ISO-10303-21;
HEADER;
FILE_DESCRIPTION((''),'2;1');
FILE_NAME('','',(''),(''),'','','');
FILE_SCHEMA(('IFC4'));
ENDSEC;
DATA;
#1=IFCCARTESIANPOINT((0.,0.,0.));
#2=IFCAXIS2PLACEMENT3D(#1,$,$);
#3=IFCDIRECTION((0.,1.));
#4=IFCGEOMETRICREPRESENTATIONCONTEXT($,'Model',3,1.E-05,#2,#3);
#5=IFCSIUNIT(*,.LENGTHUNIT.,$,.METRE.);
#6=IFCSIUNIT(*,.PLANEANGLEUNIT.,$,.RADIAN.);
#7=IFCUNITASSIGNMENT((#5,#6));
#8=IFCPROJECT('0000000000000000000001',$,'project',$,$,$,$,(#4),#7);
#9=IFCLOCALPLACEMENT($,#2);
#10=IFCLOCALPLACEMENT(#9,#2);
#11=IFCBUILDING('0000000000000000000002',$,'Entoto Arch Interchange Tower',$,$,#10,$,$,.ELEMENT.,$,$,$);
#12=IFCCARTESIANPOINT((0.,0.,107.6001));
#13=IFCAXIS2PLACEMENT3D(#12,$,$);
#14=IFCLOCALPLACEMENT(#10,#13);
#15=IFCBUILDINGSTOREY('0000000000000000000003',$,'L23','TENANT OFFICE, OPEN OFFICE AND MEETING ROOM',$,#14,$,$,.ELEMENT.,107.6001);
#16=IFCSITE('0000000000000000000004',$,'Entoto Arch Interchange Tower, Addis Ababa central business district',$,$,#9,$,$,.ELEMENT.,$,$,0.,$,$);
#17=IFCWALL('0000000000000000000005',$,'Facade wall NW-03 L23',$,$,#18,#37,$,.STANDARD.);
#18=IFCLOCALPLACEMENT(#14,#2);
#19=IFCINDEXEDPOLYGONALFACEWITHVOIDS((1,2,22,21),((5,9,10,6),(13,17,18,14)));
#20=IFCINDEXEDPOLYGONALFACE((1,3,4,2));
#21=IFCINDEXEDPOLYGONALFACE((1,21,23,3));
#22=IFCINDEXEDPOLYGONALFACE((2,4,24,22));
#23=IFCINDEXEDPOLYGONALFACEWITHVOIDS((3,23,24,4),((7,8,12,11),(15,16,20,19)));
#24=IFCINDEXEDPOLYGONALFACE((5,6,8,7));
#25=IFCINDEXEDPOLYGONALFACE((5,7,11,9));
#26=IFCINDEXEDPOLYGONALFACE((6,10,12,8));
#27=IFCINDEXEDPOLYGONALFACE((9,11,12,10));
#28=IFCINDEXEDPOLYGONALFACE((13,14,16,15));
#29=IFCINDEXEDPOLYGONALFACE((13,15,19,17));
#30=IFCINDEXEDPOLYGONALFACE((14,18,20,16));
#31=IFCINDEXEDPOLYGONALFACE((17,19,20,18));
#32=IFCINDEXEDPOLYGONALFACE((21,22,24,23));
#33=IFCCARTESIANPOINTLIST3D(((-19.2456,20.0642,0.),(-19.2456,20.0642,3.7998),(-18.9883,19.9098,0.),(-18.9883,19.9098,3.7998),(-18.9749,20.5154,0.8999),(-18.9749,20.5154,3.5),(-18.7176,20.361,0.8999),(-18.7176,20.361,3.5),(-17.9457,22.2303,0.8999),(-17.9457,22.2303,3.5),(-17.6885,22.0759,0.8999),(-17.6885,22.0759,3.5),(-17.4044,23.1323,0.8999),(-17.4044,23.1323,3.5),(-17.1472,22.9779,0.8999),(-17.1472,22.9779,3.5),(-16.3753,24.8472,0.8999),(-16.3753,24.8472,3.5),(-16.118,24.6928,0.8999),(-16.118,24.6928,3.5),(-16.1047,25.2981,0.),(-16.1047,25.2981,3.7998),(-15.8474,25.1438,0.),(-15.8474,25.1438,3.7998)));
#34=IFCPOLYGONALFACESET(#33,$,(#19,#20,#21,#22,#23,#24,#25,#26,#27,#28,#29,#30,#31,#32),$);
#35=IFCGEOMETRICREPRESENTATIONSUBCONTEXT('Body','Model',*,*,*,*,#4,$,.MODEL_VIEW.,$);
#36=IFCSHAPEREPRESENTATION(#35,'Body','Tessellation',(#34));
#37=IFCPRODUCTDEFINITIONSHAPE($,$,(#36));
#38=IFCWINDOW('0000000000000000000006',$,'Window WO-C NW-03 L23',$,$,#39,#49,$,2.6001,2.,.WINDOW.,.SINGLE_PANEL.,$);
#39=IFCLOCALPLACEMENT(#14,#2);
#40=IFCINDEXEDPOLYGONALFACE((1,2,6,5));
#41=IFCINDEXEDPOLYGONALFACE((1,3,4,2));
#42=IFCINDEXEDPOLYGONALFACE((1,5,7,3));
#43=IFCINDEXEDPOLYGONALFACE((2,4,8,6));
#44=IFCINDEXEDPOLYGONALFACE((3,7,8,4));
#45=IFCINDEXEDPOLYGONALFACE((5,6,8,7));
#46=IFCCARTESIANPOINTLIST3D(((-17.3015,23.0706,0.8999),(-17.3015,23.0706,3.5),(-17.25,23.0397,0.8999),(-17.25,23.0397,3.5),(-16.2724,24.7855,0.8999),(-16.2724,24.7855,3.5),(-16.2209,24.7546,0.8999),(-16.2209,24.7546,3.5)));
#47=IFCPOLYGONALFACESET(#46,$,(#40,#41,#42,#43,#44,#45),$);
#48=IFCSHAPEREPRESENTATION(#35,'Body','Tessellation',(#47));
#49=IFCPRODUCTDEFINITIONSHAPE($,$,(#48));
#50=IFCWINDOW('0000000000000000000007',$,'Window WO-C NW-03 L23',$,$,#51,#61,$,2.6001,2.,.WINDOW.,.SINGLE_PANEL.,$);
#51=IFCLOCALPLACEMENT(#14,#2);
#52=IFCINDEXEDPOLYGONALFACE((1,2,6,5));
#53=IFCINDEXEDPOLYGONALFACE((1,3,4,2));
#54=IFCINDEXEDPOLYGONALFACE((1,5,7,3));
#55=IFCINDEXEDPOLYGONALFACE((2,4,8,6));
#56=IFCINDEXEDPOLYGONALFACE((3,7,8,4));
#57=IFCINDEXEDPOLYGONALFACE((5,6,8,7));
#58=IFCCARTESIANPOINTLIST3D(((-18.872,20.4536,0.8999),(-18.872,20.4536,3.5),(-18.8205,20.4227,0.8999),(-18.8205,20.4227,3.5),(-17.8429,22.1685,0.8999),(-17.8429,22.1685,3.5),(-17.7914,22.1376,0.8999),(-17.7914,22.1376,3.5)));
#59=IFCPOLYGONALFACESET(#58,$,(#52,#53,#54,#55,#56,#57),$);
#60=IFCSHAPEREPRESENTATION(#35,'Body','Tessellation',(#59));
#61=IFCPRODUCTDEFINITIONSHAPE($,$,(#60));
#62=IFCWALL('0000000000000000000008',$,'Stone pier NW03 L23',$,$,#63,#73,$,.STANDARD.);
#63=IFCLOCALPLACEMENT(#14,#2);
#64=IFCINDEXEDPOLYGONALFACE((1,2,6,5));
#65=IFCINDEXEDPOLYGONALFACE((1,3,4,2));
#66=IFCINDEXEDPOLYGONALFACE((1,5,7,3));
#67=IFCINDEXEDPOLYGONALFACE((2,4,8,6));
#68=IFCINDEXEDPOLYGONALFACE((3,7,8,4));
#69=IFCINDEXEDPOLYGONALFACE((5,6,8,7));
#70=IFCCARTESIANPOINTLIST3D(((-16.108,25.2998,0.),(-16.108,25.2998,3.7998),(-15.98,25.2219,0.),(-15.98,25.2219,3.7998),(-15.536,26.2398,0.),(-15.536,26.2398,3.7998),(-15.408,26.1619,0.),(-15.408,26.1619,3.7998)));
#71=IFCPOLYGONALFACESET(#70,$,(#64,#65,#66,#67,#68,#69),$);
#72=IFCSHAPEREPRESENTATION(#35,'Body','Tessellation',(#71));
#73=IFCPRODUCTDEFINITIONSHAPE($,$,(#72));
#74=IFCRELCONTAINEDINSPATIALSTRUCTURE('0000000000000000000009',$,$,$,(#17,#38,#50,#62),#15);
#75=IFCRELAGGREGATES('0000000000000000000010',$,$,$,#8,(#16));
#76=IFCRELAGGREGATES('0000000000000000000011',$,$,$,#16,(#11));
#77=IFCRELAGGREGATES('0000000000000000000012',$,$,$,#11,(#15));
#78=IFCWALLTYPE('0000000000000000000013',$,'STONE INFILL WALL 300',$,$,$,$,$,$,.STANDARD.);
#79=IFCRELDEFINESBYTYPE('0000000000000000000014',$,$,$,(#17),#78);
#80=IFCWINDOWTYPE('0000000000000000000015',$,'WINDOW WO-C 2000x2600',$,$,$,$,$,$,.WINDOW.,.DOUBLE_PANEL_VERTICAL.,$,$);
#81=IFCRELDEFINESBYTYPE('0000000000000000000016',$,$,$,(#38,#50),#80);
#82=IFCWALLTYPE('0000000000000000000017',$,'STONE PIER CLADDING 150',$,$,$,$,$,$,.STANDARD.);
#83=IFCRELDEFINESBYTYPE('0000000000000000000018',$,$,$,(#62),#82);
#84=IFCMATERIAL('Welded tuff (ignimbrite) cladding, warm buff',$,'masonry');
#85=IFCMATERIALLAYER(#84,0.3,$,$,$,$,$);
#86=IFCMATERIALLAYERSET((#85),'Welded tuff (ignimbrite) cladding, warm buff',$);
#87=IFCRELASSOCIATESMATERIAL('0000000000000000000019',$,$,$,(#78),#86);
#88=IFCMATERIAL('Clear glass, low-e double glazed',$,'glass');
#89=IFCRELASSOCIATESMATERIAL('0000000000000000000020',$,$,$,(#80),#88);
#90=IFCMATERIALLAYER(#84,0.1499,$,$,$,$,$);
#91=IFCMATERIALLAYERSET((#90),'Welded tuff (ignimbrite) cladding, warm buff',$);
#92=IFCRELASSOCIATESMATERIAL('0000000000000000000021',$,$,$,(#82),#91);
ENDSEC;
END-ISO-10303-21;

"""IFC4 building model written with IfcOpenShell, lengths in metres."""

from ifc_helpers import new_model, si_unit, direction, frame, frame_2d, origin, place, context, subcontext, project, spatial, rectangle, extrude, material, layer, layer_set, type_object, element, fill, save


model = new_model("IFC4")

# Units and contexts
model_context = context("Model", 3, precision=1e-05, world=origin(), true_north=direction((0.0, 1.0)))
body_context = subcontext(model_context, "Body", "Model", "MODEL_VIEW")
ifc_project = project(units=[si_unit("LENGTHUNIT", "METRE"), si_unit("PLANEANGLEUNIT", "RADIAN")], contexts=[model_context])

# Site, building, storey
site_placement = place(None, origin())
site = spatial("IfcSite", under=ifc_project, at=site_placement, Name="Entoto Arch Interchange Tower, Addis Ababa central business district", CompositionType="ELEMENT", RefElevation=0.0)
building_placement = place(site_placement, origin())
building = spatial("IfcBuilding", under=site, at=building_placement, Name="Entoto Arch Interchange Tower", CompositionType="ELEMENT")
storey_placement = place(building_placement, frame((0.0, 0.0, 107.6001)))
storey = spatial("IfcBuildingStorey", under=building, at=storey_placement, Name="L23", Description="TENANT OFFICE, OPEN OFFICE AND MEETING ROOM", CompositionType="ELEMENT", Elevation=107.6001)

# Shared definitions
ifc_material_1 = material(Name="Welded tuff (ignimbrite) cladding, warm buff", Category="masonry")
ifc_layer_1 = layer(ifc_material_1, 0.3)
ifc_layer_set_1 = layer_set([ifc_layer_1], Name="Welded tuff (ignimbrite) cladding, warm buff")
wall_type_1 = type_object("IfcWallType", Name="STONE INFILL WALL 300", PredefinedType="STANDARD", material=ifc_layer_set_1)
ifc_material_2 = material(Name="Clear glass, low-e double glazed", Category="glass")
window_type = type_object("IfcWindowType", Name="WINDOW WO-C 2000x2600", PartitioningType="DOUBLE_PANEL_VERTICAL", PredefinedType="WINDOW", material=ifc_material_2)

# Wall, openings, windows
wall_1_placement = place(storey_placement, frame((-15.9761, 25.2209, 0.0), z_axis=(0.0, 0.0, 1.0), x_axis=(-0.51456, -0.857454, 0.0)))
wall_1 = element("IfcWall", 1, at=wall_1_placement, inside=storey, type_object=wall_type_1, Name="Facade wall NW-03 L23", PredefinedType="STANDARD", context=body_context, shape_type="SweptSolid", body=[
    extrude(rectangle(XDim=6.104, YDim=0.3, at=frame_2d((3.052, 0.0))), origin(), (0.0, 0.0, 1.0), 3.7998),
])
opening_1_placement = place(wall_1_placement, frame((0.5259, 0.0, 0.8999)))
opening_1 = element("IfcOpeningElement", 2, at=opening_1_placement, cuts=wall_1, PredefinedType="OPENING", context=body_context, shape_type="SweptSolid", body=[
    extrude(rectangle(XDim=2.0, YDim=2.6001, at=frame_2d((1.0, 1.3))), frame((0.0, 0.1602, 0.0), z_axis=(0.0, -1.0, 0.0), x_axis=(1.0, 0.0, 0.0)), (0.0, 0.0, 1.0), 0.3201),
])
opening_2_placement = place(wall_1_placement, frame((3.5779, 0.0, 0.8999)))
opening_2 = element("IfcOpeningElement", 3, at=opening_2_placement, cuts=wall_1, PredefinedType="OPENING", context=body_context, shape_type="SweptSolid", body=[
    extrude(rectangle(XDim=2.0, YDim=2.6001, at=frame_2d((1.0, 1.3))), frame((0.0, 0.1602, 0.0), z_axis=(0.0, -1.0, 0.0), x_axis=(1.0, 0.0, 0.0)), (0.0, 0.0, 1.0), 0.3201),
])
window_1_placement = place(opening_1_placement, origin())
window_1 = element("IfcWindow", 4, at=window_1_placement, inside=storey, type_object=window_type, Name="Window WO-C NW-03 L23", OverallHeight=2.6001, OverallWidth=2.0, PartitioningType="SINGLE_PANEL", PredefinedType="WINDOW", context=body_context, shape_type="SweptSolid", body=[
    extrude(rectangle(XDim=2.0, YDim=2.6001, at=frame_2d((1.0, 1.3))), frame((0.0, 0.03, 0.0), z_axis=(0.0, -1.0, 0.0), x_axis=(1.0, 0.0, 0.0)), (0.0, 0.0, 1.0), 0.0601),
])
fill(opening_1, window_1)
window_2_placement = place(opening_2_placement, origin())
window_2 = element("IfcWindow", 5, at=window_2_placement, inside=storey, type_object=window_type, Name="Window WO-C NW-03 L23", OverallHeight=2.6001, OverallWidth=2.0, PartitioningType="SINGLE_PANEL", PredefinedType="WINDOW", context=body_context, shape_type="SweptSolid", body=[
    extrude(rectangle(XDim=2.0, YDim=2.6001, at=frame_2d((1.0, 1.3))), frame((0.0, 0.03, 0.0), z_axis=(0.0, -1.0, 0.0), x_axis=(1.0, 0.0, 0.0)), (0.0, 0.0, 1.0), 0.0601),
])
fill(opening_2, window_2)

# Wall
ifc_layer_2 = layer(ifc_material_1, 0.1499)
ifc_layer_set_2 = layer_set([ifc_layer_2], Name="Welded tuff (ignimbrite) cladding, warm buff")
wall_type_2 = type_object("IfcWallType", Name="STONE PIER CLADDING 150", PredefinedType="STANDARD", material=ifc_layer_set_2)
wall_2_placement = place(storey_placement, frame((-15.4719, 26.2009, 0.0), z_axis=(0.0, 0.0, 1.0), x_axis=(-0.51987, -0.854246, 0.0)))
element("IfcWall", 6, at=wall_2_placement, inside=storey, type_object=wall_type_2, Name="Stone pier NW03 L23", PredefinedType="STANDARD", context=body_context, shape_type="SweptSolid", body=[
    extrude(rectangle(XDim=1.1003, YDim=0.1499, at=frame_2d((0.5503, 0.0))), origin(), (0.0, 0.0, 1.0), 3.7998),
])

save(model, "model.ifc")
